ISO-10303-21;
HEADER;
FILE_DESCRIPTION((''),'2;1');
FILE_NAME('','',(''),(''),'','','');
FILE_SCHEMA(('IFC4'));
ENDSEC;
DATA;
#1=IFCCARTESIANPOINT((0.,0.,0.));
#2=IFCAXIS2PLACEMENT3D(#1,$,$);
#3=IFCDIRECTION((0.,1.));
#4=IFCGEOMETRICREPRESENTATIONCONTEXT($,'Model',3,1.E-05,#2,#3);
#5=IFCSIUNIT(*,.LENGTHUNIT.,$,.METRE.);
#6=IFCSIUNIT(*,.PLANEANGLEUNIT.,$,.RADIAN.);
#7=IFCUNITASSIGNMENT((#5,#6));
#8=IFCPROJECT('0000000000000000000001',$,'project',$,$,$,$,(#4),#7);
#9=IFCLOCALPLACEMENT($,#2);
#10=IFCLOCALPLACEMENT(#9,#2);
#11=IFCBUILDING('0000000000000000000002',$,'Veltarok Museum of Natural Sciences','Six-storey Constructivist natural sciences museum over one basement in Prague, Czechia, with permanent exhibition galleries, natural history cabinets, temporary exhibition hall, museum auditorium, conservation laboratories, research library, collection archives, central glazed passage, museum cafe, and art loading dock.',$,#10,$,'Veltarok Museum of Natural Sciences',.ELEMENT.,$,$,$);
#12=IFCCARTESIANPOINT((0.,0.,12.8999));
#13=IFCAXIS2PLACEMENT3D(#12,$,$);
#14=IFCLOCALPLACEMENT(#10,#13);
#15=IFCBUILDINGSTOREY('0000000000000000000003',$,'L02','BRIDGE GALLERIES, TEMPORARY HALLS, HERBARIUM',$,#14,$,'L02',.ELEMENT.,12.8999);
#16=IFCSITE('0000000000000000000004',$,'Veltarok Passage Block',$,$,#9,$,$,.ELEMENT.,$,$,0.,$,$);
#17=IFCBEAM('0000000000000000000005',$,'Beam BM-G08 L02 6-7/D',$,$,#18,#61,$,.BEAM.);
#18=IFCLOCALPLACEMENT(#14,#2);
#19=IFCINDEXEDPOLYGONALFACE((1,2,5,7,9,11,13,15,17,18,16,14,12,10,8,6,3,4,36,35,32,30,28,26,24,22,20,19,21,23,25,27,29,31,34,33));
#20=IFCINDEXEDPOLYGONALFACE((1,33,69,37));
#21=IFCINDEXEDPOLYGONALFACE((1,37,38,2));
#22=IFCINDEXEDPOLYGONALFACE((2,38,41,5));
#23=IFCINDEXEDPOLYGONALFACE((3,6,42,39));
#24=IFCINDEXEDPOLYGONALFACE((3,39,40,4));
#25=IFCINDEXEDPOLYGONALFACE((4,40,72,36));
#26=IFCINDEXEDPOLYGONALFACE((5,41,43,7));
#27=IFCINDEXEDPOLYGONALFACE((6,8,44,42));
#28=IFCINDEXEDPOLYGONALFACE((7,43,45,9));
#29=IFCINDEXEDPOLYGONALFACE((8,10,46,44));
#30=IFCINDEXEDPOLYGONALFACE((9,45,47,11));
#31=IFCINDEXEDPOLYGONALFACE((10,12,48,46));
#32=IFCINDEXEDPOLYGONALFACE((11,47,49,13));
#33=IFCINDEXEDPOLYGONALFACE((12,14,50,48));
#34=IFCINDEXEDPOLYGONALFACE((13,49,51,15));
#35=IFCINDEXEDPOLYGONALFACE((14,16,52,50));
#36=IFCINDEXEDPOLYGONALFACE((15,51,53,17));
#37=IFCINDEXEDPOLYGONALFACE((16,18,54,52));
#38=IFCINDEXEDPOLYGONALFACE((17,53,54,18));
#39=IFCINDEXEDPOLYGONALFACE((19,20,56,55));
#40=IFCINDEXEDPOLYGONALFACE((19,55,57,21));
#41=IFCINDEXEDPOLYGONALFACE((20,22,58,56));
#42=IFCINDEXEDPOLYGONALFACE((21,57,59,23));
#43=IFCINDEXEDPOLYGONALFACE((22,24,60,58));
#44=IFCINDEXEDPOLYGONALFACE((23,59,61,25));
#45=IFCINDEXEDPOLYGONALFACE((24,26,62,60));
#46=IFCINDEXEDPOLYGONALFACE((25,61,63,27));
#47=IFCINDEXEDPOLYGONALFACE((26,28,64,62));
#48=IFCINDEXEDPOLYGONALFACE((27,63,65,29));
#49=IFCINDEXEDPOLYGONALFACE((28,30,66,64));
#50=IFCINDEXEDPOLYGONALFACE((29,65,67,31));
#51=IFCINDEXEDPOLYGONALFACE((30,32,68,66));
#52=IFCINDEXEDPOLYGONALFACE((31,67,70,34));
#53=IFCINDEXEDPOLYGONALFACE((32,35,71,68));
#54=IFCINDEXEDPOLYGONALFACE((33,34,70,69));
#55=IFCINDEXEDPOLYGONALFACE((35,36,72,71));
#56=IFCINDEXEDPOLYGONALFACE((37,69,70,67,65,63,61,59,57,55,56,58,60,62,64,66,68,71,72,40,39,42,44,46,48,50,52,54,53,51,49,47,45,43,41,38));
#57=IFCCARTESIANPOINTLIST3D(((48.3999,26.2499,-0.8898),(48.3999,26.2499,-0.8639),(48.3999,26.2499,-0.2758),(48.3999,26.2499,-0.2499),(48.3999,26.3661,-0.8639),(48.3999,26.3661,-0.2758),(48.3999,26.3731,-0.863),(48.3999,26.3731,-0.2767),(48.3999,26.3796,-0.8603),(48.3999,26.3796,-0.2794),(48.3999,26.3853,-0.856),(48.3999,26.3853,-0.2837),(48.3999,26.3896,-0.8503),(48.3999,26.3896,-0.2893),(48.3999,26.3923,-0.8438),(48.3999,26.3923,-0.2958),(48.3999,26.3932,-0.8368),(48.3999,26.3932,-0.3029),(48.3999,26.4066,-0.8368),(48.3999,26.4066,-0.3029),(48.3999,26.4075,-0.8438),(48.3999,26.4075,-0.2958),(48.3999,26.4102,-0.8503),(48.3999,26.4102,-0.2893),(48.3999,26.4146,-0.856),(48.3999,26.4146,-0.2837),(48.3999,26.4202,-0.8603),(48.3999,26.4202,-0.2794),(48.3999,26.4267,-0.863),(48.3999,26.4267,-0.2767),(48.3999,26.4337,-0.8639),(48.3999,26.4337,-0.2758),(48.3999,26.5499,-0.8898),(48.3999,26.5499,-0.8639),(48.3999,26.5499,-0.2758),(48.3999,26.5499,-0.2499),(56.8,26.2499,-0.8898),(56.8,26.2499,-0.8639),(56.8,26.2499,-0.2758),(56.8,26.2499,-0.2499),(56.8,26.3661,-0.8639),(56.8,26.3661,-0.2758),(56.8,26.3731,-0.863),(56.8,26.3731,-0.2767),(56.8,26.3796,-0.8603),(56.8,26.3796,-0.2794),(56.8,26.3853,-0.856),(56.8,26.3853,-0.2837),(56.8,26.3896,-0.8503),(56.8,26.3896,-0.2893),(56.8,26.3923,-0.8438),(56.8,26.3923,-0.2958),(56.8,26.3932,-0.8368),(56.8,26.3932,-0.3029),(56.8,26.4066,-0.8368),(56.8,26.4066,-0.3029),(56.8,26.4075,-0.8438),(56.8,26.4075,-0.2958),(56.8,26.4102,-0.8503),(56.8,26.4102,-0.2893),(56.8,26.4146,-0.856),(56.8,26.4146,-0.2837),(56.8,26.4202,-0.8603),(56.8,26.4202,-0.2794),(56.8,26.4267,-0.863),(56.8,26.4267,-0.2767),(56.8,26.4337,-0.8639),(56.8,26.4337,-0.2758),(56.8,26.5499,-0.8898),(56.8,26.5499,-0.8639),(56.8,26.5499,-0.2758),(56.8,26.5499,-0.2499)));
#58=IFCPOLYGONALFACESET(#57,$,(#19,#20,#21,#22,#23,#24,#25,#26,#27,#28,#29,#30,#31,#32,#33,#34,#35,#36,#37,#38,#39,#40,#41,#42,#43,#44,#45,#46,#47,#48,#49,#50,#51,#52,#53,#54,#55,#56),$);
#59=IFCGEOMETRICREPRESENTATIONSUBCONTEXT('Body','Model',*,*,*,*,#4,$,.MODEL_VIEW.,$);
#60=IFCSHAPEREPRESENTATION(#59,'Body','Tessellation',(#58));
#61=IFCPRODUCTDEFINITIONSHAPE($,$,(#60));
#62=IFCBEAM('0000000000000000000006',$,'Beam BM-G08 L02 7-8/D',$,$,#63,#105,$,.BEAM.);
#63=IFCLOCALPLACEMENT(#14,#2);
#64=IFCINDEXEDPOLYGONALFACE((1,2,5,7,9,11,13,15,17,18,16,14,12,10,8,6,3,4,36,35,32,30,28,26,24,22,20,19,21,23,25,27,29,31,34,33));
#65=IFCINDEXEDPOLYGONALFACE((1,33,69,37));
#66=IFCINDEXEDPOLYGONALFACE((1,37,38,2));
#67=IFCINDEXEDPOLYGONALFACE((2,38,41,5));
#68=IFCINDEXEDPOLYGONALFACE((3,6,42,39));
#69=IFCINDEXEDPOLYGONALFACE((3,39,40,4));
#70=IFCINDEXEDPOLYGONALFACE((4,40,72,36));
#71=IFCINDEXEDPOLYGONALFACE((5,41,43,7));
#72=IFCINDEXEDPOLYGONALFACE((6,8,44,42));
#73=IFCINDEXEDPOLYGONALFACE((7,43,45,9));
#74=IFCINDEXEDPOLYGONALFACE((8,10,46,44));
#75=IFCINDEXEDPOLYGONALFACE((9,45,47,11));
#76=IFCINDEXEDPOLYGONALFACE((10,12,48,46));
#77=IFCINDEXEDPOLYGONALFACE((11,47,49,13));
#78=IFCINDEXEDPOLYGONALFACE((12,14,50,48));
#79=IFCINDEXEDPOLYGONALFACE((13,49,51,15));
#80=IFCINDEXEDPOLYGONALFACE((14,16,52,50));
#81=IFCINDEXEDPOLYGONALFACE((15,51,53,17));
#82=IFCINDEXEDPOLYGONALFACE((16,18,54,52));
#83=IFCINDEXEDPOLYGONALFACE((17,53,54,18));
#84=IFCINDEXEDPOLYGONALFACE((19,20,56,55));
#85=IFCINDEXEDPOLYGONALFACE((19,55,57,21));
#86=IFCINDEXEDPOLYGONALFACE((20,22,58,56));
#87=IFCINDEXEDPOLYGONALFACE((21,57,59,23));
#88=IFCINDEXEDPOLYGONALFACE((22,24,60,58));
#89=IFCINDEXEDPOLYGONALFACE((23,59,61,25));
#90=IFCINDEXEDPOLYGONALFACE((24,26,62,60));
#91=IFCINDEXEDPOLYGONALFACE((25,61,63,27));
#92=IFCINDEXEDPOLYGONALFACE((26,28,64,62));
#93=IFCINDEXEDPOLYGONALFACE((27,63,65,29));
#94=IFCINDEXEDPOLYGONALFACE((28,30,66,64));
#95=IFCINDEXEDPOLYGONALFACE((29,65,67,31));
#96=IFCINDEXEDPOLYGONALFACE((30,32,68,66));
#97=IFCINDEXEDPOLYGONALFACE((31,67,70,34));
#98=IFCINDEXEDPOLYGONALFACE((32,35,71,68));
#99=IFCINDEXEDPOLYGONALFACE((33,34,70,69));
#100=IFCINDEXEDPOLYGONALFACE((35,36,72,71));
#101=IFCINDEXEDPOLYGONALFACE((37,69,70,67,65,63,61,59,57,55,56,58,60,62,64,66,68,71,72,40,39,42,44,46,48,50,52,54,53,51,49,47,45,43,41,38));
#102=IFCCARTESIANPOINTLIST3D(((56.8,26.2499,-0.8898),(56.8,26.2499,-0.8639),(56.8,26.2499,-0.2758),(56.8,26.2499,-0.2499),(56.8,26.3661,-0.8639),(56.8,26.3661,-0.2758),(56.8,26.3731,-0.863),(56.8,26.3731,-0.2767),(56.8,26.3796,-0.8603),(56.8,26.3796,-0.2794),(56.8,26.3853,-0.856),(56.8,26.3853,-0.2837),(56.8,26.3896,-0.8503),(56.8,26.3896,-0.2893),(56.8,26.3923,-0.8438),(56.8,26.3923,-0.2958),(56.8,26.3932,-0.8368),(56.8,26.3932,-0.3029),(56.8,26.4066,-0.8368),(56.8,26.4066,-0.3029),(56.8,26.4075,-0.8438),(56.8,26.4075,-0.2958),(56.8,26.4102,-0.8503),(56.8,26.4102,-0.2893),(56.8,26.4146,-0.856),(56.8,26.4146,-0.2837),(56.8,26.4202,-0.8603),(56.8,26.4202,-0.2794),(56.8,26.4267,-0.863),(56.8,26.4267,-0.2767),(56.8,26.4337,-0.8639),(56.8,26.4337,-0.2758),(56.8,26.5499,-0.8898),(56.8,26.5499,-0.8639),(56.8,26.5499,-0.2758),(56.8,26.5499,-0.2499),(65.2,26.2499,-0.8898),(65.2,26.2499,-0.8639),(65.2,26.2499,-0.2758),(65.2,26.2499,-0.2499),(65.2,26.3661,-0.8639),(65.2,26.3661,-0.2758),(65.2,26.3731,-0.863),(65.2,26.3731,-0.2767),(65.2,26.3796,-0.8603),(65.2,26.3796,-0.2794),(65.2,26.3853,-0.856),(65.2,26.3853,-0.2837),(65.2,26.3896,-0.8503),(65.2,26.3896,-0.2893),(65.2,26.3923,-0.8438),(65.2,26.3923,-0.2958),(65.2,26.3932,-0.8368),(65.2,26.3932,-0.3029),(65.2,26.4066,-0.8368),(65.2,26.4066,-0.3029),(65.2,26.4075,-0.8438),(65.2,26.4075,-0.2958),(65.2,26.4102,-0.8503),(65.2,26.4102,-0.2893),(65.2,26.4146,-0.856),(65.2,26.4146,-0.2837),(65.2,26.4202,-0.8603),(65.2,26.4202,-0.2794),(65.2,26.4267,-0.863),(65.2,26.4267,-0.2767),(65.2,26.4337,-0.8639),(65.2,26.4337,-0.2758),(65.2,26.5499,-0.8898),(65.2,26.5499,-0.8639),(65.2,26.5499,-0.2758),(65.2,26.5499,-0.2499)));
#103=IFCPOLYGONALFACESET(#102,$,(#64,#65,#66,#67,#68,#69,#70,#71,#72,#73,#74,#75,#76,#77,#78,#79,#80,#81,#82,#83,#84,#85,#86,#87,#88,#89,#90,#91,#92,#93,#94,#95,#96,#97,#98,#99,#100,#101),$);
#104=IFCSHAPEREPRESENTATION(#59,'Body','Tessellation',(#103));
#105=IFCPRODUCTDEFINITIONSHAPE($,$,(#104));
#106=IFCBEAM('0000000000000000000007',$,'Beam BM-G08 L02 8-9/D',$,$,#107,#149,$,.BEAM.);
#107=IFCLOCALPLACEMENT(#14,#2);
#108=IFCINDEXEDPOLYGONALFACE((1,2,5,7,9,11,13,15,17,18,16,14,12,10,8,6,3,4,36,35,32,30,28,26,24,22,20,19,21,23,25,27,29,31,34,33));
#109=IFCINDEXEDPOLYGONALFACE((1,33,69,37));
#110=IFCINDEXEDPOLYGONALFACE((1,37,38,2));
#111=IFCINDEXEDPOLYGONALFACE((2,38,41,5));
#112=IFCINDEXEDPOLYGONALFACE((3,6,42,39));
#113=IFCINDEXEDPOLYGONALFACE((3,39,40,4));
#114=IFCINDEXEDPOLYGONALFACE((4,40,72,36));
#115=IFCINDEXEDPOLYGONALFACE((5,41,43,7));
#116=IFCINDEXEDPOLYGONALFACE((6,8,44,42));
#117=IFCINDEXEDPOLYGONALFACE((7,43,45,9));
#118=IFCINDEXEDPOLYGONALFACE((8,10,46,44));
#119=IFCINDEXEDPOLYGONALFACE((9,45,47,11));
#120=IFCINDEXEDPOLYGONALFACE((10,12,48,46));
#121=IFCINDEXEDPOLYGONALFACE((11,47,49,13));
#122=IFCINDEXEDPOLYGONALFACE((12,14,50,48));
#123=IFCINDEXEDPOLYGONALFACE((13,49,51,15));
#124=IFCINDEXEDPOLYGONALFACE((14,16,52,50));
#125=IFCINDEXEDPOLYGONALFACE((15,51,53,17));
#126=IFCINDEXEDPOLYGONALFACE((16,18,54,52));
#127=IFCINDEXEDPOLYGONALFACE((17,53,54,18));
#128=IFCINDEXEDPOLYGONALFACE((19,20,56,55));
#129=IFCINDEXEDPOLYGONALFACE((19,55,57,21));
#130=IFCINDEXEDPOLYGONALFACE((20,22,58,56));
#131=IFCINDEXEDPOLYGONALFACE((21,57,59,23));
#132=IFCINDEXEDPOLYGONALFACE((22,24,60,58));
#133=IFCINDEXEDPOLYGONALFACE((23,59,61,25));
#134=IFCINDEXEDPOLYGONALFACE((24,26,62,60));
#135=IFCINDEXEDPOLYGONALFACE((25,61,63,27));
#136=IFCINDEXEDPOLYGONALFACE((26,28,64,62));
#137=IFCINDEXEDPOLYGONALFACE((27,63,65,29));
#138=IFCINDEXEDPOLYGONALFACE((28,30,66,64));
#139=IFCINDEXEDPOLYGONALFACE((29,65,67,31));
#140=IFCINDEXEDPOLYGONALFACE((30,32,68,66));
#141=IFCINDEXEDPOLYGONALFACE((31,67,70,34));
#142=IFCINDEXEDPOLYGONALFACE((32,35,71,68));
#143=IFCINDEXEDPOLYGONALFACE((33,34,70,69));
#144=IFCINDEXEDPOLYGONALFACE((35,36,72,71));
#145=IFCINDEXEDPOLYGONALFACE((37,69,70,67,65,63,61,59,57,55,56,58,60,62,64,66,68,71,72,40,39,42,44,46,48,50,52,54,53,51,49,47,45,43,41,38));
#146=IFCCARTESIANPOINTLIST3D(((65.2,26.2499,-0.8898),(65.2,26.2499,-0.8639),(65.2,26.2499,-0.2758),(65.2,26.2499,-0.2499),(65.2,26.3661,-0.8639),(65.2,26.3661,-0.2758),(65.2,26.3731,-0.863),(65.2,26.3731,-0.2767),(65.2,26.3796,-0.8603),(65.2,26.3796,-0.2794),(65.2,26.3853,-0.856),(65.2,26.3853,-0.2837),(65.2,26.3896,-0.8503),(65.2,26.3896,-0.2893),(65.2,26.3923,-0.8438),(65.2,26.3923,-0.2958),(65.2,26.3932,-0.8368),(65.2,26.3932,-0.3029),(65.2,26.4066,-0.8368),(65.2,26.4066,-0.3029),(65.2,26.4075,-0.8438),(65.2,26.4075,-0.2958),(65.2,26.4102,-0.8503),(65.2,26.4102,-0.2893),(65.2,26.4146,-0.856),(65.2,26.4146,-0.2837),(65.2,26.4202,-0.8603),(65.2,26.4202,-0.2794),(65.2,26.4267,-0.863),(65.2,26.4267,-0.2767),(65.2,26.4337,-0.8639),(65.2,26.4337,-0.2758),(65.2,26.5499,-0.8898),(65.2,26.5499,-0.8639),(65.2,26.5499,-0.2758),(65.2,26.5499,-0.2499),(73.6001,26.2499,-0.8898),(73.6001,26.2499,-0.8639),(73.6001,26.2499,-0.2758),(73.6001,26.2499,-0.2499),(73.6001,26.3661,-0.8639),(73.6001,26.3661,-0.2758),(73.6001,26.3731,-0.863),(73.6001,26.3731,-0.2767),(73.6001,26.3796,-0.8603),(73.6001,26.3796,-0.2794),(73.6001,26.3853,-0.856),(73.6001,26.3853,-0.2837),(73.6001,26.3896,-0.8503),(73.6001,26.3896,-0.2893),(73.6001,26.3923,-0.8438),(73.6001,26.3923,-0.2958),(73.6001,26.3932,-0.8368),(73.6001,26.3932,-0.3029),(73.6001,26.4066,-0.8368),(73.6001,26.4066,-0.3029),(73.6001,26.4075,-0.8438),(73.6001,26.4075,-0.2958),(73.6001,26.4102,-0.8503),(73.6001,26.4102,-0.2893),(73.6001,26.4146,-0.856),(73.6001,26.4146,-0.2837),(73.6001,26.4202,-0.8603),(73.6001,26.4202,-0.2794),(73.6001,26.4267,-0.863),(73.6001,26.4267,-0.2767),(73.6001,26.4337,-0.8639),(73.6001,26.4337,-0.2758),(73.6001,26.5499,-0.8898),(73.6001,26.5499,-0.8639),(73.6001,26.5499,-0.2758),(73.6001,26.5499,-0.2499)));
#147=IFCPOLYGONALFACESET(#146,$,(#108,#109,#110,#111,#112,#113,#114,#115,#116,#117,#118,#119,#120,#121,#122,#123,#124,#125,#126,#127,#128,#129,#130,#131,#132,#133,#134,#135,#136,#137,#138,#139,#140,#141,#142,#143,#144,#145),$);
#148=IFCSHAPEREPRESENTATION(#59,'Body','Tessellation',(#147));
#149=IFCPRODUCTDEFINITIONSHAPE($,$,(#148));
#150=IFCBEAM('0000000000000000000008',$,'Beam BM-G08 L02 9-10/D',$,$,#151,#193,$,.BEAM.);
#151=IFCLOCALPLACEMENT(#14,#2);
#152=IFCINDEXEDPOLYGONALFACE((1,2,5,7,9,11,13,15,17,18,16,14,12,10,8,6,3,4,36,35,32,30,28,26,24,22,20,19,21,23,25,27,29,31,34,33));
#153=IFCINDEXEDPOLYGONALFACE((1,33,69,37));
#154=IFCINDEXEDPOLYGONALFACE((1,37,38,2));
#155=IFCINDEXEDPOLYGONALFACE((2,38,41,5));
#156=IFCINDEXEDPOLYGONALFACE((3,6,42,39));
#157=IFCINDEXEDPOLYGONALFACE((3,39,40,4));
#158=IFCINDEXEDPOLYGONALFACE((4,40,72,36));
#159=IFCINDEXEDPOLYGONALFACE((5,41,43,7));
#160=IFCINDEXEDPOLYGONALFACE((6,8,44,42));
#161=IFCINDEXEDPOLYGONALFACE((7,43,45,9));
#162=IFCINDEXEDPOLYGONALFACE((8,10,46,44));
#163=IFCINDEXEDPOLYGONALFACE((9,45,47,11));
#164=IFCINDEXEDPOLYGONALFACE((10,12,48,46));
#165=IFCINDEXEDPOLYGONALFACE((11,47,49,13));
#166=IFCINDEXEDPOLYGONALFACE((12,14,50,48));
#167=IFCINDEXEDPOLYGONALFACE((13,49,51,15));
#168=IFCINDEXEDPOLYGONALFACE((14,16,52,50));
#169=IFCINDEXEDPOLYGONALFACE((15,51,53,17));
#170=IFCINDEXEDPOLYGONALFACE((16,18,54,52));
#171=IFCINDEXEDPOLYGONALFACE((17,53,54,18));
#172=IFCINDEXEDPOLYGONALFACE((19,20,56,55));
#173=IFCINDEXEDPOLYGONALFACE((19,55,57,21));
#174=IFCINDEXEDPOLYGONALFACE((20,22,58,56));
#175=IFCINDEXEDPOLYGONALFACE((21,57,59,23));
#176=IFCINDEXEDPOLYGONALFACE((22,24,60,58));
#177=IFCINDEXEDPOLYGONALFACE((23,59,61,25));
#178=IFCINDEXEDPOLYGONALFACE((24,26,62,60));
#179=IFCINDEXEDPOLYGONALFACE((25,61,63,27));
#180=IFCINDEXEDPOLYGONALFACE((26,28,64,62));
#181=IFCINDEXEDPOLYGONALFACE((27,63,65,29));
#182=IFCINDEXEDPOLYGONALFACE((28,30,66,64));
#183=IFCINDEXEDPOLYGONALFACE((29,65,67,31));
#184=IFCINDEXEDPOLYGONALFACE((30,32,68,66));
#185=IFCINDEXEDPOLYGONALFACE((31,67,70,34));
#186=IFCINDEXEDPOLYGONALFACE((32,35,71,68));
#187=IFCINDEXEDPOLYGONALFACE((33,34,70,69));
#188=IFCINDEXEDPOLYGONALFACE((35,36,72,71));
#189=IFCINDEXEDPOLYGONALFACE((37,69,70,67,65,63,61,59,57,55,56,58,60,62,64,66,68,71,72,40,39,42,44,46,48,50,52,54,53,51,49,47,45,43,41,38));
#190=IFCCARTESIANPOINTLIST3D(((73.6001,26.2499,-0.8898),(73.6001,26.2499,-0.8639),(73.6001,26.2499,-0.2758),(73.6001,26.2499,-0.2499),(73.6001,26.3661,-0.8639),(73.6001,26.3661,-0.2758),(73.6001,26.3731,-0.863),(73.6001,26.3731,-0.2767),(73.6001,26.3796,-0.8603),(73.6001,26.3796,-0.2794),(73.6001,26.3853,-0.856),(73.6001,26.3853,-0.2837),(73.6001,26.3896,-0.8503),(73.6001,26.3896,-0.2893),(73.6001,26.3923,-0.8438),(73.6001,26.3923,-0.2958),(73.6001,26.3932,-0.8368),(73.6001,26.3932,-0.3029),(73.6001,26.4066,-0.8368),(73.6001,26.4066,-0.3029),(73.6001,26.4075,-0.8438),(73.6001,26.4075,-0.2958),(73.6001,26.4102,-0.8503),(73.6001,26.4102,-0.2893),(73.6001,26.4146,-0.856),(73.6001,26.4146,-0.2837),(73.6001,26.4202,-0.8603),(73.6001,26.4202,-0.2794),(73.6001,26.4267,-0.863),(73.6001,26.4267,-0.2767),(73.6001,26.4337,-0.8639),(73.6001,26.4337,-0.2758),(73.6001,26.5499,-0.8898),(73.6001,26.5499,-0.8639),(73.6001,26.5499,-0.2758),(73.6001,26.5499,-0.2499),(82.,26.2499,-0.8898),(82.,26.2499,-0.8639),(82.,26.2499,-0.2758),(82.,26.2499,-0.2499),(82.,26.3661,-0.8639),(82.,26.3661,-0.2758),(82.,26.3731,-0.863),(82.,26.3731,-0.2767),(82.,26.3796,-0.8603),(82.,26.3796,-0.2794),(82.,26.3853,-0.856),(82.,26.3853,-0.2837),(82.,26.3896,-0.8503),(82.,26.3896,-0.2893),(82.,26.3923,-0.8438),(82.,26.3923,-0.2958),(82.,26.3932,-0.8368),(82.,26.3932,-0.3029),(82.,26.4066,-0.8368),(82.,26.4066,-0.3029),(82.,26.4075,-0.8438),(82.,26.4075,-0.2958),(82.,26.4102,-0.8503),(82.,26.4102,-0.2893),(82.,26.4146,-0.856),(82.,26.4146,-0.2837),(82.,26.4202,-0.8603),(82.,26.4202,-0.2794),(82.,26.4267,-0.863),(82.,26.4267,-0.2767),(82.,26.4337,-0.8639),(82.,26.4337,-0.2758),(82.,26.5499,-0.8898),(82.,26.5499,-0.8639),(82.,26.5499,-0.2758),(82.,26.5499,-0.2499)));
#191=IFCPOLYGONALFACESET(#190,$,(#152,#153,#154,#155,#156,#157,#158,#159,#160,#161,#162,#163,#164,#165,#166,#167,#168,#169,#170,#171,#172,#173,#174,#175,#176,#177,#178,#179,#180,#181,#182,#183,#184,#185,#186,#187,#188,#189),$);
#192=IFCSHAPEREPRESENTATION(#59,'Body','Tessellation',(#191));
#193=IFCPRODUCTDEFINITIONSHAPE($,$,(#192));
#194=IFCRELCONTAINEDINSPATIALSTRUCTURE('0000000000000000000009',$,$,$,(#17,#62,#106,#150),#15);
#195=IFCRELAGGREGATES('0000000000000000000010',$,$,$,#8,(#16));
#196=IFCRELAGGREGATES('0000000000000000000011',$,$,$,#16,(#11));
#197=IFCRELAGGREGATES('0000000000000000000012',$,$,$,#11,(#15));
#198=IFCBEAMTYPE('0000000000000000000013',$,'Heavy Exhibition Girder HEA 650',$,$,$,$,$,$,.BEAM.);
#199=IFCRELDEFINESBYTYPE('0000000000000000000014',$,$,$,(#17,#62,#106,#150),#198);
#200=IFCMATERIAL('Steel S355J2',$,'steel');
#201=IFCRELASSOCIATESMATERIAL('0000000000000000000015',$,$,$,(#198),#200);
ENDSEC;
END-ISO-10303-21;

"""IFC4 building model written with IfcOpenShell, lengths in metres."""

from ifc_helpers import new_model, si_unit, direction, frame, origin, origin_2d, place, context, subcontext, project, spatial, i_section, extrude, material, material_profile, profile_set, type_object, element, save


model = new_model("IFC4")

# Units and contexts
model_context = context("Model", 3, precision=1e-05, world=origin(), true_north=direction((0.0, 1.0)))
body_context = subcontext(model_context, "Body", "Model", "MODEL_VIEW")
ifc_project = project(units=[si_unit("LENGTHUNIT", "METRE"), si_unit("PLANEANGLEUNIT", "RADIAN")], contexts=[model_context])

# Site, building, storey
site_placement = place(None, origin())
site = spatial("IfcSite", under=ifc_project, at=site_placement, Name="Veltarok Passage Block", CompositionType="ELEMENT", RefElevation=0.0)
building_placement = place(site_placement, origin())
building = spatial("IfcBuilding", under=site, at=building_placement, Name="Veltarok Museum of Natural Sciences", Description="Six-storey Constructivist natural sciences museum over one basement in Prague, Czechia, with permanent exhibition galleries, natural history cabinets, temporary exhibition hall, museum auditorium, conservation laboratories, research library, collection archives, central glazed passage, museum cafe, and art loading dock.", LongName="Veltarok Museum of Natural Sciences", CompositionType="ELEMENT")
storey_placement = place(building_placement, frame((0.0, 0.0, 12.8999)))
storey = spatial("IfcBuildingStorey", under=building, at=storey_placement, Name="L02", Description="BRIDGE GALLERIES, TEMPORARY HALLS, HERBARIUM", LongName="L02", CompositionType="ELEMENT", Elevation=12.8999)

# Shared definitions
ifc_material_1 = material(Name="Steel S355J2", Category="steel")

# Beams
ifc_material_profile_1 = material_profile(ifc_material_1, i_section(OverallWidth=0.3, OverallDepth=0.6399, WebThickness=0.0134, FlangeThickness=0.0259, FilletRadius=0.0271, at=origin_2d()), Name="HEA 650")
ifc_profile_set_1 = profile_set([ifc_material_profile_1], Name="Steel S355J2")
beam_type_1 = type_object("IfcBeamType", Name="Heavy Exhibition Girder HEA 650", PredefinedType="BEAM", material=ifc_profile_set_1)
beam_1_placement = place(storey_placement, frame((48.3999, 26.3999, -0.5698), z_axis=(1.0, 0.0, 0.0), x_axis=(0.0, 1.0, 0.0)))
element("IfcBeam", 1, at=beam_1_placement, inside=storey, type_object=beam_type_1, Name="Beam BM-G08 L02 6-7/D", PredefinedType="BEAM", context=body_context, shape_type="SweptSolid", body=[
    extrude(i_section(OverallWidth=0.3, OverallDepth=0.6399, WebThickness=0.0134, FlangeThickness=0.0259, FilletRadius=0.0271, at=origin_2d()), origin(), (0.0, 0.0, 1.0), 8.4001),
])
beam_2_placement = place(storey_placement, frame((56.8, 26.3999, -0.5698), z_axis=(1.0, 0.0, 0.0), x_axis=(0.0, 1.0, 0.0)))
element("IfcBeam", 2, at=beam_2_placement, inside=storey, type_object=beam_type_1, Name="Beam BM-G08 L02 7-8/D", PredefinedType="BEAM", context=body_context, shape_type="SweptSolid", body=[
    extrude(i_section(OverallWidth=0.3, OverallDepth=0.6399, WebThickness=0.0134, FlangeThickness=0.0259, FilletRadius=0.0271, at=origin_2d()), origin(), (0.0, 0.0, 1.0), 8.3999),
])
beam_3_placement = place(storey_placement, frame((65.2, 26.3999, -0.5698), z_axis=(1.0, 0.0, 0.0), x_axis=(0.0, 1.0, 0.0)))
element("IfcBeam", 3, at=beam_3_placement, inside=storey, type_object=beam_type_1, Name="Beam BM-G08 L02 8-9/D", PredefinedType="BEAM", context=body_context, shape_type="SweptSolid", body=[
    extrude(i_section(OverallWidth=0.3, OverallDepth=0.6399, WebThickness=0.0134, FlangeThickness=0.0259, FilletRadius=0.0271, at=origin_2d()), origin(), (0.0, 0.0, 1.0), 8.4001),
])
beam_4_placement = place(storey_placement, frame((73.6001, 26.3999, -0.5698), z_axis=(1.0, 0.0, 0.0), x_axis=(0.0, 1.0, 0.0)))
element("IfcBeam", 4, at=beam_4_placement, inside=storey, type_object=beam_type_1, Name="Beam BM-G08 L02 9-10/D", PredefinedType="BEAM", context=body_context, shape_type="SweptSolid", body=[
    extrude(i_section(OverallWidth=0.3, OverallDepth=0.6399, WebThickness=0.0134, FlangeThickness=0.0259, FilletRadius=0.0271, at=origin_2d()), origin(), (0.0, 0.0, 1.0), 8.3999),
])

save(model, "model.ifc")
